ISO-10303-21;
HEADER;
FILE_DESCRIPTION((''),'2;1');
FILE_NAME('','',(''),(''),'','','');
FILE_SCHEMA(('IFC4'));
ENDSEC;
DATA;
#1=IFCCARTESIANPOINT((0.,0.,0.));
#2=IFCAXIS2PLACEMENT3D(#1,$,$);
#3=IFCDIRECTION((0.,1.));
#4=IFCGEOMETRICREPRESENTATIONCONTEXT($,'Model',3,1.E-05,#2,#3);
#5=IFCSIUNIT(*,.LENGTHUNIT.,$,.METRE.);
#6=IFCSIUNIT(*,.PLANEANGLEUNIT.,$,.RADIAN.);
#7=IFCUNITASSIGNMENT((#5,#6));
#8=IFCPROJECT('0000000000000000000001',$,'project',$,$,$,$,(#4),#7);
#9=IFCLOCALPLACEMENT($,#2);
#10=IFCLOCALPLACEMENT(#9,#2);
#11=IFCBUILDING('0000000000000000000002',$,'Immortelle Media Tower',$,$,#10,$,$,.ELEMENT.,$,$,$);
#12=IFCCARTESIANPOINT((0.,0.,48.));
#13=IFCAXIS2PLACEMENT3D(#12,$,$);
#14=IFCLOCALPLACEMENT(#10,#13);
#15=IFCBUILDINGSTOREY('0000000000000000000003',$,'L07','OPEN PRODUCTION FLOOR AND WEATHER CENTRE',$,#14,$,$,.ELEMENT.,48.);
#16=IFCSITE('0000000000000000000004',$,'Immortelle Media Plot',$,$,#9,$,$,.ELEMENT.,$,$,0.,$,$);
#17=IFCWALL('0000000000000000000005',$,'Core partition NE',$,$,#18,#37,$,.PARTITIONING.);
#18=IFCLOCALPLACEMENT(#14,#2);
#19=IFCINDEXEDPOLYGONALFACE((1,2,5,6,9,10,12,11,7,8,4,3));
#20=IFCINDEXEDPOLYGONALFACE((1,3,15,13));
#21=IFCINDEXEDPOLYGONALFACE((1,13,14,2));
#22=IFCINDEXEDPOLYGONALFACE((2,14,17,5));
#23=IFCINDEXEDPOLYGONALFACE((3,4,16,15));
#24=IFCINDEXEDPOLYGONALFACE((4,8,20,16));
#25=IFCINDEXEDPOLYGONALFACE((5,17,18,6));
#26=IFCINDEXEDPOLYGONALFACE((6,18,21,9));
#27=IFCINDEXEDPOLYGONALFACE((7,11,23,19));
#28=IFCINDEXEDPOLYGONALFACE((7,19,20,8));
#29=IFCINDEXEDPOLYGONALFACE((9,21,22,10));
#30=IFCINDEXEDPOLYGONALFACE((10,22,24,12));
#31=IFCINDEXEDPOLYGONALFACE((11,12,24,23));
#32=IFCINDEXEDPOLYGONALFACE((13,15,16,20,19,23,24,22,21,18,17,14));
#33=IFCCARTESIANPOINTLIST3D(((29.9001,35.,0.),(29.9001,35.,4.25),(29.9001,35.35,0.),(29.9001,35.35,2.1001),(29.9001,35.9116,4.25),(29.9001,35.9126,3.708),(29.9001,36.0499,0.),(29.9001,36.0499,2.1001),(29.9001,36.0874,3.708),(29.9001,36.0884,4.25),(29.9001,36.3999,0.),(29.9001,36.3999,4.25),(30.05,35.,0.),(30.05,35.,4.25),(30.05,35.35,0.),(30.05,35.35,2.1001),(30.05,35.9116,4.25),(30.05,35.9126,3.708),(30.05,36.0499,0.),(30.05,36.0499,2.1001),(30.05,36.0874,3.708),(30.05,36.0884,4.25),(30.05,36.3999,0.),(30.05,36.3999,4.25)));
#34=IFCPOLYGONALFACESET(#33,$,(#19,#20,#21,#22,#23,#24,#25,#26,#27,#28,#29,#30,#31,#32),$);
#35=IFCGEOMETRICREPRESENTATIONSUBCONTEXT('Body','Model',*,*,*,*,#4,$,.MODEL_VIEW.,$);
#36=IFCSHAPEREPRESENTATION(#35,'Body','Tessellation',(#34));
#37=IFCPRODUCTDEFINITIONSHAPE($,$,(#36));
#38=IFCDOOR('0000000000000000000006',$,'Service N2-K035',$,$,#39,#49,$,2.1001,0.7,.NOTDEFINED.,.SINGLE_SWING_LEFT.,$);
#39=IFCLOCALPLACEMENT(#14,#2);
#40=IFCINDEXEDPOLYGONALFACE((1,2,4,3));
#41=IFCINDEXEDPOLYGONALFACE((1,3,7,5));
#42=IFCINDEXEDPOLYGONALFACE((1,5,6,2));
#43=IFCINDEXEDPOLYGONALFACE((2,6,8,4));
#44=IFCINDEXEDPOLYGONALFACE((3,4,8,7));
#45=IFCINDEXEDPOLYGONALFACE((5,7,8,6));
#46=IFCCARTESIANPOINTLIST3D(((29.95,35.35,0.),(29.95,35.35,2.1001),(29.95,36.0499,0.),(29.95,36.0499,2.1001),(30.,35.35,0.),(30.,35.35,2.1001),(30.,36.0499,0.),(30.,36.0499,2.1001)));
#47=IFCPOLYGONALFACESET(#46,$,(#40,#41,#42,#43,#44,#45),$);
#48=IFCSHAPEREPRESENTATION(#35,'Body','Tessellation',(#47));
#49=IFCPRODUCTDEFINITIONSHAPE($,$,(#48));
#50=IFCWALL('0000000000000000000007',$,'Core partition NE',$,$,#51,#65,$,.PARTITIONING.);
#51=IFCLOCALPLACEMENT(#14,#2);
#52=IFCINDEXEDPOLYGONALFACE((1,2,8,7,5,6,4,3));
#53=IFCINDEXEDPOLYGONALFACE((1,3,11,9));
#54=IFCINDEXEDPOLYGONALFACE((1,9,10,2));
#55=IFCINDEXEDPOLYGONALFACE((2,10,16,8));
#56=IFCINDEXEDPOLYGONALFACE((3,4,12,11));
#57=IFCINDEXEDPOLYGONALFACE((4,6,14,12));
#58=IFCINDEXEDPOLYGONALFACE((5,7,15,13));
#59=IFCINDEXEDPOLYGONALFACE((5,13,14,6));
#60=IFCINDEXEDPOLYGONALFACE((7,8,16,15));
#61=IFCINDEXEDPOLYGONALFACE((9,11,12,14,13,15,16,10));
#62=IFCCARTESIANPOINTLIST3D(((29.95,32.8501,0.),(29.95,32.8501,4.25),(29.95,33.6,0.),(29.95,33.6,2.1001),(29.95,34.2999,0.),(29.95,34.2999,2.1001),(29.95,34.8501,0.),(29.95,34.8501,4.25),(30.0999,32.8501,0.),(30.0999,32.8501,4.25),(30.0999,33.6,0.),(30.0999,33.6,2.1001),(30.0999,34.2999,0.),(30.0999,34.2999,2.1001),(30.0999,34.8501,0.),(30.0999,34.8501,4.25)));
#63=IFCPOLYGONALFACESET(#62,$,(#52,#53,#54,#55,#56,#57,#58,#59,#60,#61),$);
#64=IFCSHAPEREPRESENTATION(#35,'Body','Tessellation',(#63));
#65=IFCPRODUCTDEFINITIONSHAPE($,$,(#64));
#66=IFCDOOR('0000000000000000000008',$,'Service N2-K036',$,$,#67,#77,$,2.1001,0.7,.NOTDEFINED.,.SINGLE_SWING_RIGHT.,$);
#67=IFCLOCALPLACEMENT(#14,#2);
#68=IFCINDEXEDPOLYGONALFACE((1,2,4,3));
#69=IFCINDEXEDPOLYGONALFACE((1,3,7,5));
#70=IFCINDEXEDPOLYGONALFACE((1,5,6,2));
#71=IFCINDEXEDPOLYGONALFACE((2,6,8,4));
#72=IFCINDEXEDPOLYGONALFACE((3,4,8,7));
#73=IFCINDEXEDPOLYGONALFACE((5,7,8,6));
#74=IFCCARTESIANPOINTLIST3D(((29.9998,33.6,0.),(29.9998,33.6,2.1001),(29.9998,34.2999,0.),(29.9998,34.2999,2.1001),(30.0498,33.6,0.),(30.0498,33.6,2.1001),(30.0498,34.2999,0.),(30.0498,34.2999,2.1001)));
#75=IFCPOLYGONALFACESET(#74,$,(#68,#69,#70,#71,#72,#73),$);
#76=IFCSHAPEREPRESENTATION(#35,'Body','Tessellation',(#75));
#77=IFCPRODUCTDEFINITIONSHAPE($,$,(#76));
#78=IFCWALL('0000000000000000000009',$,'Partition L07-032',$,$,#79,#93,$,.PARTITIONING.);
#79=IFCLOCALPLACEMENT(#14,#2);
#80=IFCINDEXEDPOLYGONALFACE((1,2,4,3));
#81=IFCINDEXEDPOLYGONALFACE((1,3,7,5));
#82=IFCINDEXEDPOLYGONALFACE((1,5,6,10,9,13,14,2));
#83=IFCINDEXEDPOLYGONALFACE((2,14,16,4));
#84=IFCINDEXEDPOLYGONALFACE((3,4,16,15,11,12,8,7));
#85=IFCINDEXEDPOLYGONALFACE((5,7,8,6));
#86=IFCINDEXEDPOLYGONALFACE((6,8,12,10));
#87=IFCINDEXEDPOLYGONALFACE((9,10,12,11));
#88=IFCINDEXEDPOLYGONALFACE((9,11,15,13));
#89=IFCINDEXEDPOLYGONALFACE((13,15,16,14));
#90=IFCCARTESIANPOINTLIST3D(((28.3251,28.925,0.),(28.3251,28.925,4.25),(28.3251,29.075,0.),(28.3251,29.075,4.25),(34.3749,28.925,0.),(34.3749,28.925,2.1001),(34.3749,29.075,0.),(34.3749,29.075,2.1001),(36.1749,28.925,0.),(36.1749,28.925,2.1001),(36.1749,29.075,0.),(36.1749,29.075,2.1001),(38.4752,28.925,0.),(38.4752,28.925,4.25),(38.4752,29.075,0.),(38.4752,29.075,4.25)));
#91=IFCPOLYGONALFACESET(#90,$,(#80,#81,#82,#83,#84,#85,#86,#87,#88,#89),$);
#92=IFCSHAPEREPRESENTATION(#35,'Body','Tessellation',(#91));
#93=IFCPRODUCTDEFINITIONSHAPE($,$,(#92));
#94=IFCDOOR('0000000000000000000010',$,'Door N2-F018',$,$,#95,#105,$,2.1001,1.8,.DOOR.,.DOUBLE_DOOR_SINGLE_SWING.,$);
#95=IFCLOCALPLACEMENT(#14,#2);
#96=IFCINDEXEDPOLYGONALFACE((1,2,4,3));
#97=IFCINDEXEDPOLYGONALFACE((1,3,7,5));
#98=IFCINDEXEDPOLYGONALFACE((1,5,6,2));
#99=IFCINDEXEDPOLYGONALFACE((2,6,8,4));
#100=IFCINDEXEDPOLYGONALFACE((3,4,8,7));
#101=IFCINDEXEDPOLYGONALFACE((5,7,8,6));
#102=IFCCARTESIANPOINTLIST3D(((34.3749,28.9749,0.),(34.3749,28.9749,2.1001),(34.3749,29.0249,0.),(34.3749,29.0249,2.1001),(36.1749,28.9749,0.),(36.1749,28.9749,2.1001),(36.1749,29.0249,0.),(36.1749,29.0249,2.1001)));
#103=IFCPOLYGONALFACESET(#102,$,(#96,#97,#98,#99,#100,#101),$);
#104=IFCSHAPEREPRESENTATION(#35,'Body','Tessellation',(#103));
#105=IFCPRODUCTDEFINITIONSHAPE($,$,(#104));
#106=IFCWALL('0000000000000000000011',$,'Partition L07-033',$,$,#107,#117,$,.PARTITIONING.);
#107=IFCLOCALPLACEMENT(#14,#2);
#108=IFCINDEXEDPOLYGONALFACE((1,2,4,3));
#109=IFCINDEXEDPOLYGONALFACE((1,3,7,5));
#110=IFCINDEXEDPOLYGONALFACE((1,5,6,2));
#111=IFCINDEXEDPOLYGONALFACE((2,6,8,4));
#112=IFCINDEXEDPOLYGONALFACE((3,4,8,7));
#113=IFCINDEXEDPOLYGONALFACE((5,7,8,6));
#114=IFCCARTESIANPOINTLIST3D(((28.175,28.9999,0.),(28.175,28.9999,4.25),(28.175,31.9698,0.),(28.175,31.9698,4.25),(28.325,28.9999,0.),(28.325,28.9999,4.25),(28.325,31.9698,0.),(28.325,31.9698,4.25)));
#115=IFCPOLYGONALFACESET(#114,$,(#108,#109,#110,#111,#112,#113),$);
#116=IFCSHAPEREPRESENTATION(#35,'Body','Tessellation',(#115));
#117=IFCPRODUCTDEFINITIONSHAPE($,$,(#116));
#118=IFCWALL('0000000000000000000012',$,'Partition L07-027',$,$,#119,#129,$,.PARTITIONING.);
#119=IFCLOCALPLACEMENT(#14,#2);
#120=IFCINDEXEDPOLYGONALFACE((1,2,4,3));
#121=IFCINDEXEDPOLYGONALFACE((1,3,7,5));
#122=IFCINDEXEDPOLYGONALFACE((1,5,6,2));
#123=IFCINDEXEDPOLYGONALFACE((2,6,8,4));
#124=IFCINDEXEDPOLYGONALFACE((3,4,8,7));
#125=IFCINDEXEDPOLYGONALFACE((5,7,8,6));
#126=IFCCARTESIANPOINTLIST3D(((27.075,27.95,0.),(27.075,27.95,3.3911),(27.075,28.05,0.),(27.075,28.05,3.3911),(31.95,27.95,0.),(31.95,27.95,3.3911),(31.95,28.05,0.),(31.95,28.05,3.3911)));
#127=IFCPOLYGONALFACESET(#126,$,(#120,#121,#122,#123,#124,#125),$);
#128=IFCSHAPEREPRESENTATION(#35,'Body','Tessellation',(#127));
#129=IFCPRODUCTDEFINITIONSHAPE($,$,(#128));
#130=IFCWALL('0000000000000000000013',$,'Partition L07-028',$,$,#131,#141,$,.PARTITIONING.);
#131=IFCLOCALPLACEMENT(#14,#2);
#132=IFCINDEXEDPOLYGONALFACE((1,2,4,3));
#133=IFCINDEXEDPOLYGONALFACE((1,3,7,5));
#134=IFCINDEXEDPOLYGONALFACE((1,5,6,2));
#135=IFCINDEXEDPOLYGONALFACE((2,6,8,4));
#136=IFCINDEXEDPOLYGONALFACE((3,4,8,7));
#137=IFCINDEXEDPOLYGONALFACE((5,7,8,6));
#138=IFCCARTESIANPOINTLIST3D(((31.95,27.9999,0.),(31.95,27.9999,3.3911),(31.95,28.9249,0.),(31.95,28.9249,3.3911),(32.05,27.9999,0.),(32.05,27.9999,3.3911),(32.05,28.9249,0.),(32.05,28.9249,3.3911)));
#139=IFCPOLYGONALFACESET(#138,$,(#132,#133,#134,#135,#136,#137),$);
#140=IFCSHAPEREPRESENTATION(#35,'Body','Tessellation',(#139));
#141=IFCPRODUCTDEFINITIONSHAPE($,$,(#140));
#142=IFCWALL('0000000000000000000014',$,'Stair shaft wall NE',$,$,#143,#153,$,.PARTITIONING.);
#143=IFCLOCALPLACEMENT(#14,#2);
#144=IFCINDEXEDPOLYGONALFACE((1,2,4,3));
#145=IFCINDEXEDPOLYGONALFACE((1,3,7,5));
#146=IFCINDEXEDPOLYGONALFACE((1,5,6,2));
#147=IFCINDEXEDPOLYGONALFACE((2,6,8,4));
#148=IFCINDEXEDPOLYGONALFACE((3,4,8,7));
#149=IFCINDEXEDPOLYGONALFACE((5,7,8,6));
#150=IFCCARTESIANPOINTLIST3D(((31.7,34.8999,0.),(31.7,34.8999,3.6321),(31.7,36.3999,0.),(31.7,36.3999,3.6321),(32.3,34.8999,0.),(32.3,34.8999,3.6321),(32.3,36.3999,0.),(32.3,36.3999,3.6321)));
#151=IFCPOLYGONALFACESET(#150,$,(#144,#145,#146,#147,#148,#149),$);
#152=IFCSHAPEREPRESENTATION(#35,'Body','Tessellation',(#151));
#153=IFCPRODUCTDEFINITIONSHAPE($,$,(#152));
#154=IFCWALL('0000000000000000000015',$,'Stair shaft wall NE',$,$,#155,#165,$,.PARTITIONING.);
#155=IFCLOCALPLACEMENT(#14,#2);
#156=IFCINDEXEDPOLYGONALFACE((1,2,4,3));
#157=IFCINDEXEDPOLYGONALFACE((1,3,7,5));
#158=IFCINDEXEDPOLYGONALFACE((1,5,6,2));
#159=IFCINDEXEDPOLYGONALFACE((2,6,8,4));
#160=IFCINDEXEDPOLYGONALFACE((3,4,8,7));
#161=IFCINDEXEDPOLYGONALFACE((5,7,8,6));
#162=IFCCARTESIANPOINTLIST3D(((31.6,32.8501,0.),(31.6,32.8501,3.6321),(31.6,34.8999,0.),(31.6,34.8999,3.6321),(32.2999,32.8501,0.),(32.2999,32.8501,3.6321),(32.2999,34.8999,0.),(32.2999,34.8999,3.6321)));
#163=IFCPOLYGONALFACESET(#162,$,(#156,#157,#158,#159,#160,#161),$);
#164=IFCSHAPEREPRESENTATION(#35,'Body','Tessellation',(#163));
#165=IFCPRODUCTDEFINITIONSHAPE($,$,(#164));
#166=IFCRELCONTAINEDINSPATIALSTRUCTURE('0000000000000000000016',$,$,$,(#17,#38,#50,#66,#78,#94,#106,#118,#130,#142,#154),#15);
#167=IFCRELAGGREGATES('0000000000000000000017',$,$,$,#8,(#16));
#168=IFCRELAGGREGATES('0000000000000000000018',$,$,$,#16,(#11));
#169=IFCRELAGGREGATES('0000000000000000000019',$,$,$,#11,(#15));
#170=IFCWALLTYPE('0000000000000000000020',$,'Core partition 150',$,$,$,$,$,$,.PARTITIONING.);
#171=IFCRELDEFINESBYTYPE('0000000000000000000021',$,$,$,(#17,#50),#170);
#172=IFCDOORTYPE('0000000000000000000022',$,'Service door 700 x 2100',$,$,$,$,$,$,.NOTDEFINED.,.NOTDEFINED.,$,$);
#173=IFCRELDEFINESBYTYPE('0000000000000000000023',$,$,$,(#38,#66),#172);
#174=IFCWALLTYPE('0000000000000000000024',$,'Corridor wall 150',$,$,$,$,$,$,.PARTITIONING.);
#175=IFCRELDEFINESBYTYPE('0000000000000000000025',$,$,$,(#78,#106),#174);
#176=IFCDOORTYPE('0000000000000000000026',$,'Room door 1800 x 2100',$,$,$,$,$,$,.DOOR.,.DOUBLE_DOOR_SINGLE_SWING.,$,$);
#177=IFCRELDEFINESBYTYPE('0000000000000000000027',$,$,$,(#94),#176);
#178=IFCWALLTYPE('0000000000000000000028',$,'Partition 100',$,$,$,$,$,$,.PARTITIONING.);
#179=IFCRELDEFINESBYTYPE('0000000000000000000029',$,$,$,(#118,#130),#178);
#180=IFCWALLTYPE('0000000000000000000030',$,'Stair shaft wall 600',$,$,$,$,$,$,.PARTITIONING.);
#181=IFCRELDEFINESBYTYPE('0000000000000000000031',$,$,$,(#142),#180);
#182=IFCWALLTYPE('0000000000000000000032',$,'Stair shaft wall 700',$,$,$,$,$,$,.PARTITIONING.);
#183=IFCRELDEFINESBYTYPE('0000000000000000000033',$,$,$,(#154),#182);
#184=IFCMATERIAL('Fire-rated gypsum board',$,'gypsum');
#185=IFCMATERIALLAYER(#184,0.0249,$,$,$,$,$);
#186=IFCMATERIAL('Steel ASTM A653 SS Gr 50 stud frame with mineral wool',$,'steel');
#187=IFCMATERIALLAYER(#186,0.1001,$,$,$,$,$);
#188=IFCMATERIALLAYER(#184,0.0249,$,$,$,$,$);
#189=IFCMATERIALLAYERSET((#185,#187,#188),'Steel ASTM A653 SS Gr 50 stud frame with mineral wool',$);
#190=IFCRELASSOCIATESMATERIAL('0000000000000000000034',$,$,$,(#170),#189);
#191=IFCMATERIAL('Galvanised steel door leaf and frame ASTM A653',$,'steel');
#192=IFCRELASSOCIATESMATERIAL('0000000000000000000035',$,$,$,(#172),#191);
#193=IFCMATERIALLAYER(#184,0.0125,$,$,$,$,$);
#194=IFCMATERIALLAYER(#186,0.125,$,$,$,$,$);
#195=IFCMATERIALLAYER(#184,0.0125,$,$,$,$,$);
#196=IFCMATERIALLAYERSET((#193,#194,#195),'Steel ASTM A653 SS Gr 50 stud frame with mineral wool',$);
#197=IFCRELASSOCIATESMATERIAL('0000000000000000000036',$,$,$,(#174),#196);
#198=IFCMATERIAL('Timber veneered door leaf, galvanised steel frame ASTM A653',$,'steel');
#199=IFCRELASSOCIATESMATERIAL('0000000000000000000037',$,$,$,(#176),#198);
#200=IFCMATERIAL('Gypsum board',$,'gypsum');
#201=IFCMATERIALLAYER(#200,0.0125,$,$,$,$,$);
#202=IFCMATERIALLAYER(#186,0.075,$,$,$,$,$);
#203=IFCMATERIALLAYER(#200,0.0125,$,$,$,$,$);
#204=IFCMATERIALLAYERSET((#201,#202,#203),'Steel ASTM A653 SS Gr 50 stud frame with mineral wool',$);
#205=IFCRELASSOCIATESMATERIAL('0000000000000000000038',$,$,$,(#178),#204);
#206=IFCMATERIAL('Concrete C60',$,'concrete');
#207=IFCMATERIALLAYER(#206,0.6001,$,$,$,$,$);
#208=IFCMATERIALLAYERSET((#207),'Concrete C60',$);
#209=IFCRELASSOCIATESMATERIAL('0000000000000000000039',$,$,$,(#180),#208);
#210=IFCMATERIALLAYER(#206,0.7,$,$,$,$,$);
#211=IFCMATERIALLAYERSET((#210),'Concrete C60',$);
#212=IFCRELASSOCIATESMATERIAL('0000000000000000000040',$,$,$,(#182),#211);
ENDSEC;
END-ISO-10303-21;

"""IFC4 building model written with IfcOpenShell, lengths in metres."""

from ifc_helpers import new_model, si_unit, direction, frame, frame_2d, origin, place, context, subcontext, project, spatial, polyline, rectangle, outline, extrude, material, layer, layer_set, type_object, element, fill, save


model = new_model("IFC4")

# Units and contexts
model_context = context("Model", 3, precision=1e-05, world=origin(), true_north=direction((0.0, 1.0)))
body_context = subcontext(model_context, "Body", "Model", "MODEL_VIEW")
ifc_project = project(units=[si_unit("LENGTHUNIT", "METRE"), si_unit("PLANEANGLEUNIT", "RADIAN")], contexts=[model_context])

# Site, building, storey
site_placement = place(None, origin())
site = spatial("IfcSite", under=ifc_project, at=site_placement, Name="Immortelle Media Plot", CompositionType="ELEMENT", RefElevation=0.0)
building_placement = place(site_placement, origin())
building = spatial("IfcBuilding", under=site, at=building_placement, Name="Immortelle Media Tower", CompositionType="ELEMENT")
storey_placement = place(building_placement, frame((0.0, 0.0, 48.0)))
storey = spatial("IfcBuildingStorey", under=building, at=storey_placement, Name="L07", Description="OPEN PRODUCTION FLOOR AND WEATHER CENTRE", CompositionType="ELEMENT", Elevation=48.0)

# Shared definitions
ifc_material_1 = material(Name="Fire-rated gypsum board", Category="gypsum")
ifc_material_2 = material(Name="Steel ASTM A653 SS Gr 50 stud frame with mineral wool", Category="steel")

# Shared definitions
ifc_layer_1 = layer(ifc_material_1, 0.0249)
ifc_layer_2 = layer(ifc_material_2, 0.1001)
ifc_layer_3 = layer(ifc_material_1, 0.0249)
ifc_layer_set_1 = layer_set([ifc_layer_1, ifc_layer_2, ifc_layer_3], Name="Steel ASTM A653 SS Gr 50 stud frame with mineral wool")
wall_type_1 = type_object("IfcWallType", Name="Core partition 150", PredefinedType="PARTITIONING", material=ifc_layer_set_1)
ifc_material_3 = material(Name="Galvanised steel door leaf and frame ASTM A653", Category="steel")
door_type_1 = type_object("IfcDoorType", Name="Service door 700 x 2100", OperationType="NOTDEFINED", PredefinedType="NOTDEFINED", material=ifc_material_3)

# Walls, openings, doors
wall_1_placement = place(storey_placement, frame((29.9751, 35.0, 0.0), z_axis=(0.0, 0.0, 1.0), x_axis=(0.0, 1.0, 0.0)))
wall_1 = element("IfcWall", 1, at=wall_1_placement, inside=storey, type_object=wall_type_1, Name="Core partition NE", PredefinedType="PARTITIONING", context=body_context, shape_type="SweptSolid", body=[
    extrude(outline(polyline([(0.0, 0.0), (1.3999, 0.0), (1.3999, 4.25), (1.0884, 4.25), (1.0874, 3.708), (0.9126, 3.708), (0.9116, 4.25), (0.0, 4.25), (0.0, 0.0)])), frame((0.0, 0.075, 0.0), z_axis=(0.0, -1.0, 0.0), x_axis=(1.0, 0.0, 0.0)), (0.0, 0.0, 1.0), 0.1499),
])
opening_1_placement = place(wall_1_placement, frame((1.05, 0.0, 0.0), z_axis=(0.0, 0.0, 1.0), x_axis=(-1.0, 0.0, 0.0)))
opening_1 = element("IfcOpeningElement", 2, at=opening_1_placement, cuts=wall_1, PredefinedType="OPENING", context=body_context, shape_type="SweptSolid", body=[
    extrude(rectangle(XDim=0.7, YDim=2.1001, at=frame_2d((0.3501, 1.05))), frame((0.0, 0.085, 0.0), z_axis=(0.0, -1.0, 0.0), x_axis=(1.0, 0.0, 0.0)), (0.0, 0.0, 1.0), 0.1699),
])
door_1_placement = place(opening_1_placement, origin())
door_1 = element("IfcDoor", 3, at=door_1_placement, inside=storey, type_object=door_type_1, Name="Service N2-K035", OperationType="SINGLE_SWING_LEFT", OverallHeight=2.1001, OverallWidth=0.7, PredefinedType="NOTDEFINED", context=body_context, shape_type="SweptSolid", body=[
    extrude(rectangle(XDim=0.7, YDim=2.1001, at=frame_2d((0.3501, 1.05))), frame((0.0, 0.0249, 0.0), z_axis=(0.0, -1.0, 0.0), x_axis=(1.0, 0.0, 0.0)), (0.0, 0.0, 1.0), 0.05),
])
fill(opening_1, door_1)
wall_2_placement = place(storey_placement, frame((30.0249, 32.8501, 0.0), z_axis=(0.0, 0.0, 1.0), x_axis=(0.0, 1.0, 0.0)))
wall_2 = element("IfcWall", 4, at=wall_2_placement, inside=storey, type_object=wall_type_1, Name="Core partition NE", PredefinedType="PARTITIONING", context=body_context, shape_type="SweptSolid", body=[
    extrude(rectangle(XDim=2.0, YDim=0.1499, at=frame_2d((1.0, 0.0))), origin(), (0.0, 0.0, 1.0), 4.25),
])
opening_2_placement = place(wall_2_placement, frame((1.45, 0.0, 0.0), z_axis=(0.0, 0.0, 1.0), x_axis=(-1.0, 0.0, 0.0)))
opening_2 = element("IfcOpeningElement", 5, at=opening_2_placement, cuts=wall_2, PredefinedType="OPENING", context=body_context, shape_type="SweptSolid", body=[
    extrude(rectangle(XDim=0.7, YDim=2.1001, at=frame_2d((0.3501, 1.05))), frame((0.0, 0.085, 0.0), z_axis=(0.0, -1.0, 0.0), x_axis=(1.0, 0.0, 0.0)), (0.0, 0.0, 1.0), 0.1699),
])
door_2_placement = place(opening_2_placement, origin())
door_2 = element("IfcDoor", 6, at=door_2_placement, inside=storey, type_object=door_type_1, Name="Service N2-K036", OperationType="SINGLE_SWING_RIGHT", OverallHeight=2.1001, OverallWidth=0.7, PredefinedType="NOTDEFINED", context=body_context, shape_type="SweptSolid", body=[
    extrude(rectangle(XDim=0.7, YDim=2.1001, at=frame_2d((0.3501, 1.05))), frame((0.0, 0.0249, 0.0), z_axis=(0.0, -1.0, 0.0), x_axis=(1.0, 0.0, 0.0)), (0.0, 0.0, 1.0), 0.05),
])
fill(opening_2, door_2)
ifc_layer_4 = layer(ifc_material_1, 0.0125)
ifc_layer_5 = layer(ifc_material_2, 0.125)
ifc_layer_6 = layer(ifc_material_1, 0.0125)
ifc_layer_set_2 = layer_set([ifc_layer_4, ifc_layer_5, ifc_layer_6], Name="Steel ASTM A653 SS Gr 50 stud frame with mineral wool")
wall_type_2 = type_object("IfcWallType", Name="Corridor wall 150", PredefinedType="PARTITIONING", material=ifc_layer_set_2)
wall_3_placement = place(storey_placement, frame((28.325, 29.0, 0.0), z_axis=(0.0, 0.0, 1.0), x_axis=(1.0, 0.0, 0.0)))
wall_3 = element("IfcWall", 7, at=wall_3_placement, inside=storey, type_object=wall_type_2, Name="Partition L07-032", PredefinedType="PARTITIONING", context=body_context, shape_type="SweptSolid", body=[
    extrude(rectangle(XDim=10.1501, YDim=0.1499, at=frame_2d((5.0752, 0.0))), origin(), (0.0, 0.0, 1.0), 4.25),
])
opening_3_placement = place(wall_3_placement, frame((6.05, 0.0, 0.0)))
opening_3 = element("IfcOpeningElement", 8, at=opening_3_placement, cuts=wall_3, PredefinedType="OPENING", context=body_context, shape_type="SweptSolid", body=[
    extrude(rectangle(XDim=1.8, YDim=2.1001, at=frame_2d((0.8999, 1.05))), frame((0.0, 0.085, 0.0), z_axis=(0.0, -1.0, 0.0), x_axis=(1.0, 0.0, 0.0)), (0.0, 0.0, 1.0), 0.1699),
])
ifc_material_4 = material(Name="Timber veneered door leaf, galvanised steel frame ASTM A653", Category="steel")
door_type_2 = type_object("IfcDoorType", Name="Room door 1800 x 2100", OperationType="DOUBLE_DOOR_SINGLE_SWING", PredefinedType="DOOR", material=ifc_material_4)
door_3_placement = place(opening_3_placement, origin())
door_3 = element("IfcDoor", 9, at=door_3_placement, inside=storey, type_object=door_type_2, Name="Door N2-F018", OperationType="DOUBLE_DOOR_SINGLE_SWING", OverallHeight=2.1001, OverallWidth=1.8, PredefinedType="DOOR", context=body_context, shape_type="SweptSolid", body=[
    extrude(rectangle(XDim=1.8, YDim=2.1001, at=frame_2d((0.8999, 1.05))), frame((0.0, 0.0249, 0.0), z_axis=(0.0, -1.0, 0.0), x_axis=(1.0, 0.0, 0.0)), (0.0, 0.0, 1.0), 0.05),
])
fill(opening_3, door_3)

# Walls
wall_4_placement = place(storey_placement, frame((28.25, 29.0, 0.0), z_axis=(0.0, 0.0, 1.0), x_axis=(0.0, 1.0, 0.0)))
element("IfcWall", 10, at=wall_4_placement, inside=storey, type_object=wall_type_2, Name="Partition L07-033", PredefinedType="PARTITIONING", context=body_context, shape_type="SweptSolid", body=[
    extrude(rectangle(XDim=2.97, YDim=0.1499, at=frame_2d((1.4849, 0.0))), origin(), (0.0, 0.0, 1.0), 4.25),
])
ifc_material_5 = material(Name="Gypsum board", Category="gypsum")
ifc_layer_7 = layer(ifc_material_5, 0.0125)
ifc_layer_8 = layer(ifc_material_2, 0.075)
ifc_layer_9 = layer(ifc_material_5, 0.0125)
ifc_layer_set_3 = layer_set([ifc_layer_7, ifc_layer_8, ifc_layer_9], Name="Steel ASTM A653 SS Gr 50 stud frame with mineral wool")
wall_type_3 = type_object("IfcWallType", Name="Partition 100", PredefinedType="PARTITIONING", material=ifc_layer_set_3)
wall_5_placement = place(storey_placement, frame((27.075, 28.0, 0.0), z_axis=(0.0, 0.0, 1.0), x_axis=(1.0, 0.0, 0.0)))
element("IfcWall", 11, at=wall_5_placement, inside=storey, type_object=wall_type_3, Name="Partition L07-027", PredefinedType="PARTITIONING", context=body_context, shape_type="SweptSolid", body=[
    extrude(rectangle(XDim=4.875, YDim=0.1001, at=frame_2d((2.4375, 0.0))), origin(), (0.0, 0.0, 1.0), 3.3911),
])
wall_6_placement = place(storey_placement, frame((32.0, 28.0, 0.0), z_axis=(0.0, 0.0, 1.0), x_axis=(0.0, 1.0, 0.0)))
element("IfcWall", 12, at=wall_6_placement, inside=storey, type_object=wall_type_3, Name="Partition L07-028", PredefinedType="PARTITIONING", context=body_context, shape_type="SweptSolid", body=[
    extrude(rectangle(XDim=0.925, YDim=0.1001, at=frame_2d((0.4624, 0.0))), origin(), (0.0, 0.0, 1.0), 3.3911),
])
ifc_material_6 = material(Name="Concrete C60", Category="concrete")
ifc_layer_10 = layer(ifc_material_6, 0.6001)
ifc_layer_set_4 = layer_set([ifc_layer_10], Name="Concrete C60")
wall_type_4 = type_object("IfcWallType", Name="Stair shaft wall 600", PredefinedType="PARTITIONING", material=ifc_layer_set_4)
wall_7_placement = place(storey_placement, frame((32.0, 34.8999, 0.0), z_axis=(0.0, 0.0, 1.0), x_axis=(0.0, 1.0, 0.0)))
element("IfcWall", 13, at=wall_7_placement, inside=storey, type_object=wall_type_4, Name="Stair shaft wall NE", PredefinedType="PARTITIONING", context=body_context, shape_type="SweptSolid", body=[
    extrude(rectangle(XDim=1.5, YDim=0.6001, at=frame_2d((0.75, 0.0))), origin(), (0.0, 0.0, 1.0), 3.6321),
])
ifc_layer_11 = layer(ifc_material_6, 0.7)
ifc_layer_set_5 = layer_set([ifc_layer_11], Name="Concrete C60")
wall_type_5 = type_object("IfcWallType", Name="Stair shaft wall 700", PredefinedType="PARTITIONING", material=ifc_layer_set_5)
wall_8_placement = place(storey_placement, frame((31.95, 32.8501, 0.0), z_axis=(0.0, 0.0, 1.0), x_axis=(0.0, 1.0, 0.0)))
element("IfcWall", 14, at=wall_8_placement, inside=storey, type_object=wall_type_5, Name="Stair shaft wall NE", PredefinedType="PARTITIONING", context=body_context, shape_type="SweptSolid", body=[
    extrude(rectangle(XDim=2.0498, YDim=0.7, at=frame_2d((1.0249, 0.0))), origin(), (0.0, 0.0, 1.0), 3.6321),
])

save(model, "model.ifc")
